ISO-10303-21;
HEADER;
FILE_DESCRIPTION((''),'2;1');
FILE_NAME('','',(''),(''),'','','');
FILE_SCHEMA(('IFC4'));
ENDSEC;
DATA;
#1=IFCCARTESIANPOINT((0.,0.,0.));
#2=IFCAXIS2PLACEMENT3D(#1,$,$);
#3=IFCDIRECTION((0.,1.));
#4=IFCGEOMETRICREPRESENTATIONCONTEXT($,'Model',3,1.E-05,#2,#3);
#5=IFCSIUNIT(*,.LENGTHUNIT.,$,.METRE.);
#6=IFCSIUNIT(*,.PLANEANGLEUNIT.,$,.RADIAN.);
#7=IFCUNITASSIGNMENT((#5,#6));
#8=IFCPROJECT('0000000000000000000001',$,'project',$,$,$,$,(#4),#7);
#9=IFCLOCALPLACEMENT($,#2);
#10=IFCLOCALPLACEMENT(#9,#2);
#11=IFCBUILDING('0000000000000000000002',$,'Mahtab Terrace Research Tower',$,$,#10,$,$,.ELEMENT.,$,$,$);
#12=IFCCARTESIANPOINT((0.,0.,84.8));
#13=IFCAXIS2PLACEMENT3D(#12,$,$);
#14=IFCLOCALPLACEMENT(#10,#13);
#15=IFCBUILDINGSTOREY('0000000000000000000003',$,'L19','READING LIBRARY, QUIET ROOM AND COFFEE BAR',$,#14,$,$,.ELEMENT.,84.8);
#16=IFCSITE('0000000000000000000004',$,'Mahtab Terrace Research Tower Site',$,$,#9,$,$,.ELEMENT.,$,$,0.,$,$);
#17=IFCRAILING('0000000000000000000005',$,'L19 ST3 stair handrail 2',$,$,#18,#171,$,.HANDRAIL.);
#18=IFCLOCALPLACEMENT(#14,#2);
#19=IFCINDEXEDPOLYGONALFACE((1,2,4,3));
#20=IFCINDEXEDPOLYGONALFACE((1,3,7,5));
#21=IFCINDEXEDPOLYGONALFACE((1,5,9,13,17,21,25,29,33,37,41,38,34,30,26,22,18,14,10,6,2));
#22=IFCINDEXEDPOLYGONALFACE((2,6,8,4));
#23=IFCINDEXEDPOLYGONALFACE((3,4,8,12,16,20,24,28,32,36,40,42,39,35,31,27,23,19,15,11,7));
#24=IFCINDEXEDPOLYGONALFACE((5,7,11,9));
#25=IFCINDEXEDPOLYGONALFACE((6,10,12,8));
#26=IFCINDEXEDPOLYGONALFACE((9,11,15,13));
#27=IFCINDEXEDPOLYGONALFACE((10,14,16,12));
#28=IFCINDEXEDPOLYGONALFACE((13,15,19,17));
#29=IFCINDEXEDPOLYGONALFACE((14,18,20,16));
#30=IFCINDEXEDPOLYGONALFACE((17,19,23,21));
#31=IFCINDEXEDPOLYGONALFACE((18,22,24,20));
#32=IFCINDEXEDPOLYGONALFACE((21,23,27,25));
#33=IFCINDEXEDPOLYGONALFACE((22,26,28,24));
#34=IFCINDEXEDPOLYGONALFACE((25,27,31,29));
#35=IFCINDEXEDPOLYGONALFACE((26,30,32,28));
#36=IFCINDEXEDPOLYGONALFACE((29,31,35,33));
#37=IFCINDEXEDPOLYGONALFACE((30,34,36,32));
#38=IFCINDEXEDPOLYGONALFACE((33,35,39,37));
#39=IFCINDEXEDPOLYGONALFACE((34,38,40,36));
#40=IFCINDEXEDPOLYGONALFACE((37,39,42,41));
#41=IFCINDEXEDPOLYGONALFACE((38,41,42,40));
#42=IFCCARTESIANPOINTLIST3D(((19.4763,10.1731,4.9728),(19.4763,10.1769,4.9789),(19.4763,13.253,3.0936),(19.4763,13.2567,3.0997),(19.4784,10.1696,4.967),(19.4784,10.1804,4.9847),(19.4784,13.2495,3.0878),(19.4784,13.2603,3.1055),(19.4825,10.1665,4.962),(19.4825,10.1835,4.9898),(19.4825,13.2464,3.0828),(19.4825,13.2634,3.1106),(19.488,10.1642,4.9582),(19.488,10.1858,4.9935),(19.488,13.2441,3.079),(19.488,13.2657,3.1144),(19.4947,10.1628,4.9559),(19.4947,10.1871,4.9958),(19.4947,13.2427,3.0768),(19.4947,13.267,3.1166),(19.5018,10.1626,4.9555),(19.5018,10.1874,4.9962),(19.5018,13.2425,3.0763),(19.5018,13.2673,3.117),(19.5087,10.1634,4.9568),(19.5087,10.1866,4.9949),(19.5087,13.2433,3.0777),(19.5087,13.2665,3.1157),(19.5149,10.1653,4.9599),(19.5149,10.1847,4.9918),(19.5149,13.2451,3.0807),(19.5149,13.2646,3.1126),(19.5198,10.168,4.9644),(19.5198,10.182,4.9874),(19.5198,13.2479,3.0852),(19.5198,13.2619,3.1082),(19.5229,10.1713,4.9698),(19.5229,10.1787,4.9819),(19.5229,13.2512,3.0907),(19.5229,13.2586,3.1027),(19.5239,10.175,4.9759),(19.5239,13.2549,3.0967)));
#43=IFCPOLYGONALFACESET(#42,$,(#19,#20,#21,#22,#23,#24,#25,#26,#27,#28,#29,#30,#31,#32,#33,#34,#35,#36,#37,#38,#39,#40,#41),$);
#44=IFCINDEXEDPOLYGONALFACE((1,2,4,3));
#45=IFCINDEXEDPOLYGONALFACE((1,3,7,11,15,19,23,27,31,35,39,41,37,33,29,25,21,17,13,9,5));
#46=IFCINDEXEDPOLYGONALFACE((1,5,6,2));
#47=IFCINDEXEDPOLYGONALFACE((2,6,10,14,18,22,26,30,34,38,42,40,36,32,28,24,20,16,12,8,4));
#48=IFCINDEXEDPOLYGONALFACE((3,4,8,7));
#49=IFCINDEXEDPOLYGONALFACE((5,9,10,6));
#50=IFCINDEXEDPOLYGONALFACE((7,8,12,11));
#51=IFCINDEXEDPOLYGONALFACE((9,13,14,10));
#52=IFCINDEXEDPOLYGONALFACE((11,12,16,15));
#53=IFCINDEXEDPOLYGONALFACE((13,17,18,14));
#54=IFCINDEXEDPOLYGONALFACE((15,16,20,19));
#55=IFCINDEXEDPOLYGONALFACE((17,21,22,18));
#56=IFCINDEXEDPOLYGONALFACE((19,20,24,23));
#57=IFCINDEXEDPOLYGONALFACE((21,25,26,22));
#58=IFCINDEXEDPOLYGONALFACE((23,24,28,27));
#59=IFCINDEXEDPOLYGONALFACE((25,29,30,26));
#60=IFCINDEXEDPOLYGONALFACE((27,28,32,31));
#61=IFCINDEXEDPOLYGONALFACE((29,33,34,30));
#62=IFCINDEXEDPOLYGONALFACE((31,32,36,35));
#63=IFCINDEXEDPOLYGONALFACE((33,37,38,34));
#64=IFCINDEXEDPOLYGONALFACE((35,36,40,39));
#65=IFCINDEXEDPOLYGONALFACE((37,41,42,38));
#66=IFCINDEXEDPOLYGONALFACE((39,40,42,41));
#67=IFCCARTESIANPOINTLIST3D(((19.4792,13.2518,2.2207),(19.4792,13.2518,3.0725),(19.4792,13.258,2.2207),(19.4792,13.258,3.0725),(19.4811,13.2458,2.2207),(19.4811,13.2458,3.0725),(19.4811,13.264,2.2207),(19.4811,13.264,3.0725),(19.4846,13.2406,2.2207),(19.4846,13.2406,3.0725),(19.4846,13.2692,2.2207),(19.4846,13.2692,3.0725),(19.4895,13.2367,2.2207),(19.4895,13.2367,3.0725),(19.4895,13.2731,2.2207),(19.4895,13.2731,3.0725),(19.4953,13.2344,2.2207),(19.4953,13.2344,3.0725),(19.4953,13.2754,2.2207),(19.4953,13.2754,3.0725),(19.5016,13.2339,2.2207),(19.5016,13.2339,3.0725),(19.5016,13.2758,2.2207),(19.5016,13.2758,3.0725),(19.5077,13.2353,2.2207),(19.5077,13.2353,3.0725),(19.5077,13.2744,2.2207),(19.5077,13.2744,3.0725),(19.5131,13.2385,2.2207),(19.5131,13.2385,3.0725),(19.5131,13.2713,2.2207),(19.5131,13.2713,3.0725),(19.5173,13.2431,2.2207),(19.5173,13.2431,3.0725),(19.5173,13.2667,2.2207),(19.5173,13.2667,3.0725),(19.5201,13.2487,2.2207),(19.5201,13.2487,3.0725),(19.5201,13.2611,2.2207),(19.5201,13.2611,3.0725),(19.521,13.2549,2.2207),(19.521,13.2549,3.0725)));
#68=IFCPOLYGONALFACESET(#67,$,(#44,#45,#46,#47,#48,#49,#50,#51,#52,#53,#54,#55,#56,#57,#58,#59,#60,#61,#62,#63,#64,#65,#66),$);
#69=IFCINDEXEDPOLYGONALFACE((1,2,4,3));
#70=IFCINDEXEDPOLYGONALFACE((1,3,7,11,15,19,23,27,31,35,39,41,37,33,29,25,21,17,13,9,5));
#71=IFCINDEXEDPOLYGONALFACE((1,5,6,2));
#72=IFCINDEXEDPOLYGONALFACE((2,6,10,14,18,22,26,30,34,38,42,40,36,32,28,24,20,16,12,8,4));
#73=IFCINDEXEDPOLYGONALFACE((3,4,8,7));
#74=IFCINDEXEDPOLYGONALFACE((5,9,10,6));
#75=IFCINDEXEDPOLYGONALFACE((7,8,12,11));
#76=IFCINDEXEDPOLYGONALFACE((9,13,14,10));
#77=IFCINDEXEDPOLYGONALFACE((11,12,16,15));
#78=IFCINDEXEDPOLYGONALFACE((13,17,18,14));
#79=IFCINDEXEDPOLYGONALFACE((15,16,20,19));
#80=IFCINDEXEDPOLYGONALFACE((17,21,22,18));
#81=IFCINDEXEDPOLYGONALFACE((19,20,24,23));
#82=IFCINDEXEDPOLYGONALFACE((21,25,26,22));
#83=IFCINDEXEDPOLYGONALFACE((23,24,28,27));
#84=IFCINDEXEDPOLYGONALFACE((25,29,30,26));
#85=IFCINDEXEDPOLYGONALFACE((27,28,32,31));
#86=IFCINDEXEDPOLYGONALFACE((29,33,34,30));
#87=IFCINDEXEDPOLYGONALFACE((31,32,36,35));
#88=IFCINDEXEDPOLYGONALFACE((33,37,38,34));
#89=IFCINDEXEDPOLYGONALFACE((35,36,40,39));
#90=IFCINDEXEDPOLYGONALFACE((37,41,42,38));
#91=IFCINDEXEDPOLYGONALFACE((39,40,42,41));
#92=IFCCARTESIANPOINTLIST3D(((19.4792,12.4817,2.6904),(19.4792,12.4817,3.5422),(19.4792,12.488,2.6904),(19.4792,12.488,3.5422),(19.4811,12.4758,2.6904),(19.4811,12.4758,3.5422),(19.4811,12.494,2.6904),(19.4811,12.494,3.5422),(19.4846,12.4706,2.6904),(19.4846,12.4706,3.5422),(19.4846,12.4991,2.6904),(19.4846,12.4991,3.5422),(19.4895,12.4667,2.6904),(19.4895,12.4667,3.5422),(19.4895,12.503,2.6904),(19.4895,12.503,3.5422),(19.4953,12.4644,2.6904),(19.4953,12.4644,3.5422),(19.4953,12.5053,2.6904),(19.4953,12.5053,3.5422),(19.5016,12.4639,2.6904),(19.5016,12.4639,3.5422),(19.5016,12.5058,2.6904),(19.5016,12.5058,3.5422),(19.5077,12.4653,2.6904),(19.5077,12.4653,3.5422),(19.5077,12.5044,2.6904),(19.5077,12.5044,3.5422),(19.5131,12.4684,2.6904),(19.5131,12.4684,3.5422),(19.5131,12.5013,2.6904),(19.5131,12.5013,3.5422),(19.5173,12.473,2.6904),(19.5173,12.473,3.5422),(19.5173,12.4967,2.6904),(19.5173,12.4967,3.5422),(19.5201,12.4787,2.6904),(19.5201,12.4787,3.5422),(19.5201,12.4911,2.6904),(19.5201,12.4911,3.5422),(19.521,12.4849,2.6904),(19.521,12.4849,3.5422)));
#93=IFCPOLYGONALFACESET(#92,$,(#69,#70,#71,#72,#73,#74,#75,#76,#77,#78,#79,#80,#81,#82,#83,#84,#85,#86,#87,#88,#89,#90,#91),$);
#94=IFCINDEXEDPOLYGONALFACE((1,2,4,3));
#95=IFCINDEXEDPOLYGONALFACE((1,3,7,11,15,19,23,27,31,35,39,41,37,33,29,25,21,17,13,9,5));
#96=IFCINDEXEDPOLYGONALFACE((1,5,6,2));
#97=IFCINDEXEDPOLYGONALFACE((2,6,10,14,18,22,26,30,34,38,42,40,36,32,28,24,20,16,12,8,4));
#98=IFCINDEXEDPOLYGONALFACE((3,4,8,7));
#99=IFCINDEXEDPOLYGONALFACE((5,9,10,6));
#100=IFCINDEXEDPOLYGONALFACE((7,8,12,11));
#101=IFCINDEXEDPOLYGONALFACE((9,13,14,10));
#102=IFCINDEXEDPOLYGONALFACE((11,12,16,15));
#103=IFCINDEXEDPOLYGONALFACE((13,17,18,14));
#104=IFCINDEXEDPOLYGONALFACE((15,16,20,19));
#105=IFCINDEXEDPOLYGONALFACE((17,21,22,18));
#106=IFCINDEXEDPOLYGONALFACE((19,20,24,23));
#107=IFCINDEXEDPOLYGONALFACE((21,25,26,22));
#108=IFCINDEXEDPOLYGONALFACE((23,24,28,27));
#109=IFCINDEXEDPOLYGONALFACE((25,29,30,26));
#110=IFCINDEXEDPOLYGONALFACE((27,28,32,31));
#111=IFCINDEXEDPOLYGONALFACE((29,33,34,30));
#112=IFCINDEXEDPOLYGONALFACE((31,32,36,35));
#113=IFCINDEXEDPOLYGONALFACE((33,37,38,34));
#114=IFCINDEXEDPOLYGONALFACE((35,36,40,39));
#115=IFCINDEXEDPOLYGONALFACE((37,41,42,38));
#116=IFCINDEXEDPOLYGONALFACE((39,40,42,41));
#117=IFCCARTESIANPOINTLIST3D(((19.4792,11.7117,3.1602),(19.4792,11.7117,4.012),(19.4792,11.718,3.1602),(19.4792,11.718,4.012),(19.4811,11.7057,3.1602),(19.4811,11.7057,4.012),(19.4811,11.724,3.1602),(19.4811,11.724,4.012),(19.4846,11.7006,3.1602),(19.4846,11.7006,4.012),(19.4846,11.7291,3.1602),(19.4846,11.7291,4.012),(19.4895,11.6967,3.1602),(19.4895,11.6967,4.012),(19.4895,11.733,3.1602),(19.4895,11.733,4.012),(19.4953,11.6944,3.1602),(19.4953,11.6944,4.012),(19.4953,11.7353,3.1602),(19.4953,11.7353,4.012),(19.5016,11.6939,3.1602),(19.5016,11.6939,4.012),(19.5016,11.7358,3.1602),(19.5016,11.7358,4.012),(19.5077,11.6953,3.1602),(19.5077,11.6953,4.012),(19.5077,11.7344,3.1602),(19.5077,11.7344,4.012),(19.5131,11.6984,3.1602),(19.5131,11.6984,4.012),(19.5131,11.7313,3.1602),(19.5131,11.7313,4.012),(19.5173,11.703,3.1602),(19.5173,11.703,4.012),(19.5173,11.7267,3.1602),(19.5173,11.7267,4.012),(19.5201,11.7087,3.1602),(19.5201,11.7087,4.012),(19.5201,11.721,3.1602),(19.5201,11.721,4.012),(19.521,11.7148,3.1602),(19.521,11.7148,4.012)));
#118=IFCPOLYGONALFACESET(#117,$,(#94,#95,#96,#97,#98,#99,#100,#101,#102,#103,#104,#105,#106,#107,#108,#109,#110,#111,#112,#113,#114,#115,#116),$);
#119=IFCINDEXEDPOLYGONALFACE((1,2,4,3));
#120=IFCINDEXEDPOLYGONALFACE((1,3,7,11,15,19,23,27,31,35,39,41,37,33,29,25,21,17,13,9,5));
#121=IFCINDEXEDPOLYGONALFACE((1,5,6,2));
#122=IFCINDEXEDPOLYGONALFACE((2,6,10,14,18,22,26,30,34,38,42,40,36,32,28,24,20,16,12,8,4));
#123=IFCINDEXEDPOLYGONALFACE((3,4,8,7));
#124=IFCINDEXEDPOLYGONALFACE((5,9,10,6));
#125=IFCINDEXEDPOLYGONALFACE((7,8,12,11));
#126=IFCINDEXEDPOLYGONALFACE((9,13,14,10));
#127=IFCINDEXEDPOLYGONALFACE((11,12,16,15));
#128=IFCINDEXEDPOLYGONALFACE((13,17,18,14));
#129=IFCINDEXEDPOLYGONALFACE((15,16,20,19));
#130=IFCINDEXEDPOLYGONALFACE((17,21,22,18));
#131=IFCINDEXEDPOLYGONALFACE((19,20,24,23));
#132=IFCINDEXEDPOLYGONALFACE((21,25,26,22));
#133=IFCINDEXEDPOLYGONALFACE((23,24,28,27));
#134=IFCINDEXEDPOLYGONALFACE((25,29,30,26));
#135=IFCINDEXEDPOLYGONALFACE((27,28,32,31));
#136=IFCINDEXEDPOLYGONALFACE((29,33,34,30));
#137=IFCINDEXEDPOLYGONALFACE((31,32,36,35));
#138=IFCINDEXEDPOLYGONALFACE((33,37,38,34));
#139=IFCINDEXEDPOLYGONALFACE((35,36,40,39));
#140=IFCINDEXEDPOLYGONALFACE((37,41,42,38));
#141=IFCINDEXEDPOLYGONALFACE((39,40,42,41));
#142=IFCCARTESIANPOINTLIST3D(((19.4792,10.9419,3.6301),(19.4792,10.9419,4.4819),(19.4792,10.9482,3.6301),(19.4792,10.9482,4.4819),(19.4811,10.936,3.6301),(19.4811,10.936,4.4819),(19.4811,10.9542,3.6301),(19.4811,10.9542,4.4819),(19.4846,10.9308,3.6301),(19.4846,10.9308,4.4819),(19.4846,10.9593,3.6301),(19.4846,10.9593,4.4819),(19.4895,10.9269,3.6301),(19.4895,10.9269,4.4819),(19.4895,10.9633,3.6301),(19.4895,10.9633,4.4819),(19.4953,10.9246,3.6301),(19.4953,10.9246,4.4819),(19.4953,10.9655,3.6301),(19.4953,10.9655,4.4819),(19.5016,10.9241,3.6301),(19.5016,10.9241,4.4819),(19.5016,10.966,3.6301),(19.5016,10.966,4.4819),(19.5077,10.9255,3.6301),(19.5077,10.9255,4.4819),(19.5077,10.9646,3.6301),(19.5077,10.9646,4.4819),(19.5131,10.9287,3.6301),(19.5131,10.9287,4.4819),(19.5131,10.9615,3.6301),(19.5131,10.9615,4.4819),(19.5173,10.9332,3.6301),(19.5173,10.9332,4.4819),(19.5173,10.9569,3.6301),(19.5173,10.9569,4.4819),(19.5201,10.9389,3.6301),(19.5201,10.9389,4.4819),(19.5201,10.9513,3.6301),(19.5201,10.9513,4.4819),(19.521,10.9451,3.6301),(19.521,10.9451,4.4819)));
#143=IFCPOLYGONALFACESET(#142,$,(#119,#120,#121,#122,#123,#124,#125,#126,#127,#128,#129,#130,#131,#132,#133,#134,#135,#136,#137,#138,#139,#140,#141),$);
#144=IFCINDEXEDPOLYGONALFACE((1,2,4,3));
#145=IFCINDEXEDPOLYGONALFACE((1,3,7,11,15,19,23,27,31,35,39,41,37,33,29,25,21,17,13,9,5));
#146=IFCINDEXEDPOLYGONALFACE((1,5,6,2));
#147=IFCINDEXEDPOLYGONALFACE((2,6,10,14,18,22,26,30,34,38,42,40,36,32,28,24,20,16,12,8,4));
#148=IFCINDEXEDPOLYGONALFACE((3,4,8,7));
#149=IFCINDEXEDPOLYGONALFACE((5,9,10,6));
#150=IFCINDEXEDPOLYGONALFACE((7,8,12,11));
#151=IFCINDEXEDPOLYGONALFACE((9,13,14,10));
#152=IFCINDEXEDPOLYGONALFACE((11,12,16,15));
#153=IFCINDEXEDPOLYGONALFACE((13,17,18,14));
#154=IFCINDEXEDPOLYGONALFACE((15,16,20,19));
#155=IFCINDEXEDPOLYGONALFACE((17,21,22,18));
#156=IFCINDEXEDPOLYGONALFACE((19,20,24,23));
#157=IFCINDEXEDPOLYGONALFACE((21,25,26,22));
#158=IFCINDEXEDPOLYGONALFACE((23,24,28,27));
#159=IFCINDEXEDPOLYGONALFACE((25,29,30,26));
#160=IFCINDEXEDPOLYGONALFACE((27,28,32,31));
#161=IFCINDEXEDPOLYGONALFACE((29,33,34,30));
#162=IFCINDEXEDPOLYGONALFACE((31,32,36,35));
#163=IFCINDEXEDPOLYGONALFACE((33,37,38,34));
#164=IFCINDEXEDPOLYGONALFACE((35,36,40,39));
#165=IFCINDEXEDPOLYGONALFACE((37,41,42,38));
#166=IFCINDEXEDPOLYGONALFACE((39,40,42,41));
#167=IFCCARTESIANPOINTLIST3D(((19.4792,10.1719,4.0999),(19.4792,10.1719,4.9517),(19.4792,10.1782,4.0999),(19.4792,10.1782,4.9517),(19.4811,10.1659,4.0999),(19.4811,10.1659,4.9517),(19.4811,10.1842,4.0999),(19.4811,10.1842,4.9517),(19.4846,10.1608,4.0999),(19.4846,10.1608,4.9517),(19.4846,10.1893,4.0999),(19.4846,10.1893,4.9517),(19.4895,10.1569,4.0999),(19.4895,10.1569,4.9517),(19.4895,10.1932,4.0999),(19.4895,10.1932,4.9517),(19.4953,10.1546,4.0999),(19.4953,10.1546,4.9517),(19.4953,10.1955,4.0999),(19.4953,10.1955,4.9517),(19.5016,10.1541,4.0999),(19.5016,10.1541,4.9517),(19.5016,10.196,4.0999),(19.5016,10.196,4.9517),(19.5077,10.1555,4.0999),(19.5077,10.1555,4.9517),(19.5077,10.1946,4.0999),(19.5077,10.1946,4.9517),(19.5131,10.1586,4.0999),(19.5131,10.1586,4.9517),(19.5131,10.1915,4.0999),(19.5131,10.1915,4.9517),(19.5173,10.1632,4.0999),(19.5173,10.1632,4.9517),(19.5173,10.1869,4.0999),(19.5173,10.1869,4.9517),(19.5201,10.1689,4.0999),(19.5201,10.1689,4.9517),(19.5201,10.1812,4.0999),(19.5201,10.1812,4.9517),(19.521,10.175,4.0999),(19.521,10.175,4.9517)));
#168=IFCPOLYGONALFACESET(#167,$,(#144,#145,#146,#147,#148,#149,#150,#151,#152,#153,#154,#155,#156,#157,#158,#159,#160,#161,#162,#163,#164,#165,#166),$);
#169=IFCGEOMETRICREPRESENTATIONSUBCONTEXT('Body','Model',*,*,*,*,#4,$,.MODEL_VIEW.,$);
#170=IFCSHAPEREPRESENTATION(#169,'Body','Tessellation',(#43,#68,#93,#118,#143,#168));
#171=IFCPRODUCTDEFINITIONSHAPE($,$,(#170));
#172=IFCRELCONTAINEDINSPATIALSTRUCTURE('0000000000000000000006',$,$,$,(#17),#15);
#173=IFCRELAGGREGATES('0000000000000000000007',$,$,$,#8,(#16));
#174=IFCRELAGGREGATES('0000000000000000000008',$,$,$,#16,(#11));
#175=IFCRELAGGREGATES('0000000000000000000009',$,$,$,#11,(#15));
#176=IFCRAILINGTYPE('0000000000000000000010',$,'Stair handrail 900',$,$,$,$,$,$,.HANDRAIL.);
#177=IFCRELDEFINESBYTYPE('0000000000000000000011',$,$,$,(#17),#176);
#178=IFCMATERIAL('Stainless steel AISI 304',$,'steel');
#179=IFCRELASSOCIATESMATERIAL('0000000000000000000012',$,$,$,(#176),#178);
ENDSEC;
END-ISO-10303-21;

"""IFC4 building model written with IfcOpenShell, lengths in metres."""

from ifc_helpers import new_model, si_unit, direction, frame, origin, origin_2d, place, context, subcontext, project, spatial, circle, extrude, material, type_object, element, save


model = new_model("IFC4")

# Units and contexts
model_context = context("Model", 3, precision=1e-05, world=origin(), true_north=direction((0.0, 1.0)))
body_context = subcontext(model_context, "Body", "Model", "MODEL_VIEW")
ifc_project = project(units=[si_unit("LENGTHUNIT", "METRE"), si_unit("PLANEANGLEUNIT", "RADIAN")], contexts=[model_context])

# Site, building, storey
site_placement = place(None, origin())
site = spatial("IfcSite", under=ifc_project, at=site_placement, Name="Mahtab Terrace Research Tower Site", CompositionType="ELEMENT", RefElevation=0.0)
building_placement = place(site_placement, origin())
building = spatial("IfcBuilding", under=site, at=building_placement, Name="Mahtab Terrace Research Tower", CompositionType="ELEMENT")
storey_placement = place(building_placement, frame((0.0, 0.0, 84.8)))
storey = spatial("IfcBuildingStorey", under=building, at=storey_placement, Name="L19", Description="READING LIBRARY, QUIET ROOM AND COFFEE BAR", CompositionType="ELEMENT", Elevation=84.8)

# Shared definitions
ifc_material_1 = material(Name="Stainless steel AISI 304", Category="steel")

# Railing
railing_type_1 = type_object("IfcRailingType", Name="Stair handrail 900", PredefinedType="HANDRAIL", material=ifc_material_1)
railing_1_placement = place(storey_placement, frame((19.5, 13.2549, 2.2207)))
element("IfcRailing", 1, at=railing_1_placement, inside=storey, type_object=railing_type_1, Name="L19 ST3 stair handrail 2", PredefinedType="HANDRAIL", context=body_context, shape_type="SweptSolid", body=[
    extrude(circle(Radius=0.0239, at=origin_2d()), frame((0.0, 0.0, 0.876), z_axis=(0.0, -0.853648, 0.52085), x_axis=(1.0, 0.0, 0.0)), (0.0, 0.0, 1.0), 3.6079),
    extrude(circle(Radius=0.021, at=origin_2d()), origin(), (0.0, 0.0, 1.0), 0.8518),
    extrude(circle(Radius=0.021, at=origin_2d()), frame((0.0, -0.77, 0.4697)), (0.0, 0.0, 1.0), 0.8518),
    extrude(circle(Radius=0.021, at=origin_2d()), frame((0.0, -1.54, 0.9395)), (0.0, 0.0, 1.0), 0.8518),
    extrude(circle(Radius=0.021, at=origin_2d()), frame((0.0, -2.3098, 1.4094)), (0.0, 0.0, 1.0), 0.8518),
    extrude(circle(Radius=0.021, at=origin_2d()), frame((0.0, -3.0798, 1.8792)), (0.0, 0.0, 1.0), 0.8518),
])

save(model, "model.ifc")
